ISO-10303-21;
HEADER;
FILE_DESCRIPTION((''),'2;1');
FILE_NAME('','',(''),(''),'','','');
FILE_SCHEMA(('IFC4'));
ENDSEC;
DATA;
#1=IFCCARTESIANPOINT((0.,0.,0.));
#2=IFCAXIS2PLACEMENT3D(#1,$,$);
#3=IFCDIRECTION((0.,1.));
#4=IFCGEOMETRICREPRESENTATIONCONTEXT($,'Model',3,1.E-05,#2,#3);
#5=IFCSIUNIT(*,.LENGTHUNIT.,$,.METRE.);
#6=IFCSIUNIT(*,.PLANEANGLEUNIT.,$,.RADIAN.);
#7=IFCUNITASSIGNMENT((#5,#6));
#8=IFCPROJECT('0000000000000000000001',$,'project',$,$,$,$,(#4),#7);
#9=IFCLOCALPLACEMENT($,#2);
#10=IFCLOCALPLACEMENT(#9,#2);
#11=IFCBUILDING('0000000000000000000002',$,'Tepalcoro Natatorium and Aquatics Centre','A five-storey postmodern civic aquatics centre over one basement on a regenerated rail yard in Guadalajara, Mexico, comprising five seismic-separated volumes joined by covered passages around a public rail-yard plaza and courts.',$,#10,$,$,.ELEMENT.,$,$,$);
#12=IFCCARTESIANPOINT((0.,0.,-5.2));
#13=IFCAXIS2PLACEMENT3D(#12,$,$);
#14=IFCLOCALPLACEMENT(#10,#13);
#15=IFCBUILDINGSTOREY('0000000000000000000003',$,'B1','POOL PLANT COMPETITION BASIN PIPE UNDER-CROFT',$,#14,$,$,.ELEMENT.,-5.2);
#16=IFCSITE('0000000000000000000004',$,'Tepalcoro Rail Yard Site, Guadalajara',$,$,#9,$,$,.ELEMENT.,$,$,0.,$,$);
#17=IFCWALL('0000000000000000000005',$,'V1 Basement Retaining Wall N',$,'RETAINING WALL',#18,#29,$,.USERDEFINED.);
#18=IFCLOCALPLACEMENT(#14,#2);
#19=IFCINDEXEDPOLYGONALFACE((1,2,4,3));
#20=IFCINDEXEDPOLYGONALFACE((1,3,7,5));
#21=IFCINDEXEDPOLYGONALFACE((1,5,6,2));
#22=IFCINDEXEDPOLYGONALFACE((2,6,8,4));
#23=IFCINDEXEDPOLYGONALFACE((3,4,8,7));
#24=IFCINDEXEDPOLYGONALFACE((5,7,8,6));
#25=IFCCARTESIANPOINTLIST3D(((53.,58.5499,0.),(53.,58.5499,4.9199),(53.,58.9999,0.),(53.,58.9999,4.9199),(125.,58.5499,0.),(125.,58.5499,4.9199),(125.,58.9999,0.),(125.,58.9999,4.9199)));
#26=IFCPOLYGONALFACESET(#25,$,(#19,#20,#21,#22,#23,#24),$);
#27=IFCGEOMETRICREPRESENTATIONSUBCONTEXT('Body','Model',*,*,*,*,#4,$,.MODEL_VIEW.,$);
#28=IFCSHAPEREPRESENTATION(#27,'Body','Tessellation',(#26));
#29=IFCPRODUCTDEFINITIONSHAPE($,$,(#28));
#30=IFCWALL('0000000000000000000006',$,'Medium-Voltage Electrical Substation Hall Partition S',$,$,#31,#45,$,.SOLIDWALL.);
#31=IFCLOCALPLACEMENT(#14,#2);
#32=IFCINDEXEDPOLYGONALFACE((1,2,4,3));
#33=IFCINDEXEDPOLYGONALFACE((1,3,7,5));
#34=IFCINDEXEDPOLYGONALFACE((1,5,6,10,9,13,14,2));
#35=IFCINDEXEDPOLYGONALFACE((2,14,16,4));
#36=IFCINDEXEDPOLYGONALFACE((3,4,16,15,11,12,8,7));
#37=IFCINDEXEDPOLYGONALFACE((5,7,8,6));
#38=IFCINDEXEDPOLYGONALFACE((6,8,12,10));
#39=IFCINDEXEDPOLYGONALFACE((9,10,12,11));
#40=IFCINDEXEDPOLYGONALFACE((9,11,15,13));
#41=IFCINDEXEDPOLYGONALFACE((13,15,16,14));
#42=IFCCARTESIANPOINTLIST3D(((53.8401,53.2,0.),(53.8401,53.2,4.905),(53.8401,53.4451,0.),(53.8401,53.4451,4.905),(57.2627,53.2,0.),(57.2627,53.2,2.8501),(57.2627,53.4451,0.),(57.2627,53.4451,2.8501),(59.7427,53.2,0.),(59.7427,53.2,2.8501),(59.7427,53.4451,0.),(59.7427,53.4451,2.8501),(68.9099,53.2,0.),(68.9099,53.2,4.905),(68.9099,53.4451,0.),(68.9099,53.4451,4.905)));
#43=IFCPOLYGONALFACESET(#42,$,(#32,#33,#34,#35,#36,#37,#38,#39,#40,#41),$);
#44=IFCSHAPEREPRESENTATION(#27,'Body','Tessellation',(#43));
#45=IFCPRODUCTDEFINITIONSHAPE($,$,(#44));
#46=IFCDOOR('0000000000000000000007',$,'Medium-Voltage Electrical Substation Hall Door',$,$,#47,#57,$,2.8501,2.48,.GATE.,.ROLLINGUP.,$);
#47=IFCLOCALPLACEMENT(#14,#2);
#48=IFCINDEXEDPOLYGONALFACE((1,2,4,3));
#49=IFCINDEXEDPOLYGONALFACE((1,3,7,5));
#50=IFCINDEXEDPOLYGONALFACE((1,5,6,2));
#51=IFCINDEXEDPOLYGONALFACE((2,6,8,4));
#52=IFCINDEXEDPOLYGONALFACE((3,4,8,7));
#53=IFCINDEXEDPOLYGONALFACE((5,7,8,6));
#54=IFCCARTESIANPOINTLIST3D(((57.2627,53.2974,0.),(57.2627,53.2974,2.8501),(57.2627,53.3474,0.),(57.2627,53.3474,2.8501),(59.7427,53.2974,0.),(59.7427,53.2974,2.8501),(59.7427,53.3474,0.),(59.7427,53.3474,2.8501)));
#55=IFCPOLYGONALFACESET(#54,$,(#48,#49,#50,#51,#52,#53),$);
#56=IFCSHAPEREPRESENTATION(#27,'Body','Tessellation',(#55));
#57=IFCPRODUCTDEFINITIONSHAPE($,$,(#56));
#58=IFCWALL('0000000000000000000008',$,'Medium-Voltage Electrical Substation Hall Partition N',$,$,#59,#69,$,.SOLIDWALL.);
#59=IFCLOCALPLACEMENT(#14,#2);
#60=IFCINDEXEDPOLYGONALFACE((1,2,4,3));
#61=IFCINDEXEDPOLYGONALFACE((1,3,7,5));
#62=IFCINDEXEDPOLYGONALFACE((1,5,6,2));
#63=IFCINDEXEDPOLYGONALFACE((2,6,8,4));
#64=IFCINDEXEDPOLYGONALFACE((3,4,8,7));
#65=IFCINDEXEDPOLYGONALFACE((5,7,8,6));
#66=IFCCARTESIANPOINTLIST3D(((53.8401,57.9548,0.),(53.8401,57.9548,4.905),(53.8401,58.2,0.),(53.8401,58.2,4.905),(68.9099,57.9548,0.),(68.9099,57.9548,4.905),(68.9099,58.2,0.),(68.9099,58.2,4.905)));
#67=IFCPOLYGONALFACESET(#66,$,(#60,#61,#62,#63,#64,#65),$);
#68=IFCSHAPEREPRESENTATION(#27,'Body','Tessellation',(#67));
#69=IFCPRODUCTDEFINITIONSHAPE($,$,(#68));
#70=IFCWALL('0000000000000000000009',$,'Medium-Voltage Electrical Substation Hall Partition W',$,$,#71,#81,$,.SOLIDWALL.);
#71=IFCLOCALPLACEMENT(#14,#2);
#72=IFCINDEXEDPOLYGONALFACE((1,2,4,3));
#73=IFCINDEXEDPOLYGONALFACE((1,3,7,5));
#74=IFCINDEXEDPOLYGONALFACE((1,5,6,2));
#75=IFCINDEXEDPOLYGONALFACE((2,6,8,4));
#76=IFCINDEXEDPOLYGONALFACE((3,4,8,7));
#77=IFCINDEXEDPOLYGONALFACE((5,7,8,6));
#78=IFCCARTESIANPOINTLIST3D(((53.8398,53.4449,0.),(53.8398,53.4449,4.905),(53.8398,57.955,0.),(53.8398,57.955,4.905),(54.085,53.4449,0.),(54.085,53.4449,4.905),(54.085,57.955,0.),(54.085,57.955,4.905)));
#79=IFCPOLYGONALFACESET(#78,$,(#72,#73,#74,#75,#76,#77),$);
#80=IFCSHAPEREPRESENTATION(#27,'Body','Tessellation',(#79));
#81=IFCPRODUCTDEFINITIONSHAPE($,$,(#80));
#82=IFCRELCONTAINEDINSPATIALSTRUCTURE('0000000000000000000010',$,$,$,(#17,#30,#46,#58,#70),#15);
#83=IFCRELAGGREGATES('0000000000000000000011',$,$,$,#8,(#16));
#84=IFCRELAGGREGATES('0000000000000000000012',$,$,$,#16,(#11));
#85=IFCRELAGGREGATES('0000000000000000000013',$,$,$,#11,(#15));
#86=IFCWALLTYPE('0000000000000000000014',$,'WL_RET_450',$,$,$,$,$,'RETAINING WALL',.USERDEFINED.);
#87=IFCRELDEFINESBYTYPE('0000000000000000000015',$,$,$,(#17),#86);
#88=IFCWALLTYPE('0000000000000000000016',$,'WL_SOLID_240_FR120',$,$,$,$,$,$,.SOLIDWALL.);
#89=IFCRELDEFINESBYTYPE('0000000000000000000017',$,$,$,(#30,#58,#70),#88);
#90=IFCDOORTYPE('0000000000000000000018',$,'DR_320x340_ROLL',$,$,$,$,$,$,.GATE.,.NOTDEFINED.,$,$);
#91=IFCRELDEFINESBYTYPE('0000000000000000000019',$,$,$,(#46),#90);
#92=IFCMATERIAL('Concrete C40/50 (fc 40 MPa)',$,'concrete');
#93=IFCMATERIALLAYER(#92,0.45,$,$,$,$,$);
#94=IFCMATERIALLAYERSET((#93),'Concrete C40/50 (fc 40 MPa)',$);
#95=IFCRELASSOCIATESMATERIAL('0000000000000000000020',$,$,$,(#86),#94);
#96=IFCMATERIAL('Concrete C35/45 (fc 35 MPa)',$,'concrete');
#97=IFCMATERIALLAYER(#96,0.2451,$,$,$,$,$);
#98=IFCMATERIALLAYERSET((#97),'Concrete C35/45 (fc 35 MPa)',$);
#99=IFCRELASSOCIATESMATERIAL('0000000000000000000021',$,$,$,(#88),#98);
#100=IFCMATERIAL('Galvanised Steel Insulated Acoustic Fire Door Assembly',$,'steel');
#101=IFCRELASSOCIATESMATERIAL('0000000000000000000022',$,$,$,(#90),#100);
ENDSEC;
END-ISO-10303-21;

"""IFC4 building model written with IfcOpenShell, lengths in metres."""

from ifc_helpers import new_model, si_unit, direction, frame, frame_2d, origin, place, context, subcontext, project, spatial, rectangle, extrude, material, layer, layer_set, type_object, element, fill, save


model = new_model("IFC4")

# Units and contexts
model_context = context("Model", 3, precision=1e-05, world=origin(), true_north=direction((0.0, 1.0)))
body_context = subcontext(model_context, "Body", "Model", "MODEL_VIEW")
ifc_project = project(units=[si_unit("LENGTHUNIT", "METRE"), si_unit("PLANEANGLEUNIT", "RADIAN")], contexts=[model_context])

# Site, building, storey
site_placement = place(None, origin())
site = spatial("IfcSite", under=ifc_project, at=site_placement, Name="Tepalcoro Rail Yard Site, Guadalajara", CompositionType="ELEMENT", RefElevation=0.0)
building_placement = place(site_placement, origin())
building = spatial("IfcBuilding", under=site, at=building_placement, Name="Tepalcoro Natatorium and Aquatics Centre", Description="A five-storey postmodern civic aquatics centre over one basement on a regenerated rail yard in Guadalajara, Mexico, comprising five seismic-separated volumes joined by covered passages around a public rail-yard plaza and courts.", CompositionType="ELEMENT")
storey_placement = place(building_placement, frame((0.0, 0.0, -5.2)))
storey = spatial("IfcBuildingStorey", under=building, at=storey_placement, Name="B1", Description="POOL PLANT COMPETITION BASIN PIPE UNDER-CROFT", CompositionType="ELEMENT", Elevation=-5.2)

# Shared definitions
ifc_material_1 = material(Name="Concrete C40/50 (fc 40 MPa)", Category="concrete")

# Wall
ifc_layer_1 = layer(ifc_material_1, 0.45)
ifc_layer_set_1 = layer_set([ifc_layer_1], Name="Concrete C40/50 (fc 40 MPa)")
wall_type_1 = type_object("IfcWallType", Name="WL_RET_450", ElementType="RETAINING WALL", PredefinedType="USERDEFINED", material=ifc_layer_set_1)
wall_1_placement = place(storey_placement, frame((53.0, 58.7749, 0.0), z_axis=(0.0, 0.0, 1.0), x_axis=(1.0, 0.0, 0.0)))
element("IfcWall", 1, at=wall_1_placement, inside=storey, type_object=wall_type_1, Name="V1 Basement Retaining Wall N", ObjectType="RETAINING WALL", PredefinedType="USERDEFINED", context=body_context, shape_type="SweptSolid", body=[
    extrude(rectangle(XDim=72.0, YDim=0.45, at=frame_2d((36.0, 0.0))), origin(), (0.0, 0.0, 1.0), 4.9199),
])

# Wall, opening, door
ifc_material_2 = material(Name="Concrete C35/45 (fc 35 MPa)", Category="concrete")
ifc_layer_2 = layer(ifc_material_2, 0.2451)
ifc_layer_set_2 = layer_set([ifc_layer_2], Name="Concrete C35/45 (fc 35 MPa)")
wall_type_2 = type_object("IfcWallType", Name="WL_SOLID_240_FR120", PredefinedType="SOLIDWALL", material=ifc_layer_set_2)
wall_2_placement = place(storey_placement, frame((53.8401, 53.3225, 0.0), z_axis=(0.0, 0.0, 1.0), x_axis=(1.0, 0.0, 0.0)))
wall_2 = element("IfcWall", 2, at=wall_2_placement, inside=storey, type_object=wall_type_2, Name="Medium-Voltage Electrical Substation Hall Partition S", PredefinedType="SOLIDWALL", context=body_context, shape_type="SweptSolid", body=[
    extrude(rectangle(XDim=15.0698, YDim=0.2451, at=frame_2d((7.5349, 0.0))), origin(), (0.0, 0.0, 1.0), 4.905),
])
opening_placement = place(wall_2_placement, frame((3.4226, 0.0, 0.0)))
opening = element("IfcOpeningElement", 3, at=opening_placement, cuts=wall_2, PredefinedType="OPENING", context=body_context, shape_type="SweptSolid", body=[
    extrude(rectangle(XDim=2.48, YDim=2.8501, at=frame_2d((1.24, 1.425))), frame((0.0, 0.1345, 0.0), z_axis=(0.0, -1.0, 0.0), x_axis=(1.0, 0.0, 0.0)), (0.0, 0.0, 1.0), 0.269),
])
ifc_material_3 = material(Name="Galvanised Steel Insulated Acoustic Fire Door Assembly", Category="steel")
door_type = type_object("IfcDoorType", Name="DR_320x340_ROLL", OperationType="NOTDEFINED", PredefinedType="GATE", material=ifc_material_3)
door_placement = place(opening_placement, origin())
door = element("IfcDoor", 4, at=door_placement, inside=storey, type_object=door_type, Name="Medium-Voltage Electrical Substation Hall Door", OperationType="ROLLINGUP", OverallHeight=2.8501, OverallWidth=2.48, PredefinedType="GATE", context=body_context, shape_type="SweptSolid", body=[
    extrude(rectangle(XDim=2.48, YDim=2.8501, at=frame_2d((1.24, 1.425))), frame((0.0, 0.0249, 0.0), z_axis=(0.0, -1.0, 0.0), x_axis=(1.0, 0.0, 0.0)), (0.0, 0.0, 1.0), 0.05),
])
fill(opening, door)

# Walls
wall_3_placement = place(storey_placement, frame((53.8401, 58.0774, 0.0), z_axis=(0.0, 0.0, 1.0), x_axis=(1.0, 0.0, 0.0)))
element("IfcWall", 5, at=wall_3_placement, inside=storey, type_object=wall_type_2, Name="Medium-Voltage Electrical Substation Hall Partition N", PredefinedType="SOLIDWALL", context=body_context, shape_type="SweptSolid", body=[
    extrude(rectangle(XDim=15.0698, YDim=0.2451, at=frame_2d((7.5349, 0.0))), origin(), (0.0, 0.0, 1.0), 4.905),
])
wall_4_placement = place(storey_placement, frame((53.9624, 53.4451, 0.0), z_axis=(0.0, 0.0, 1.0), x_axis=(0.0, 1.0, 0.0)))
element("IfcWall", 6, at=wall_4_placement, inside=storey, type_object=wall_type_2, Name="Medium-Voltage Electrical Substation Hall Partition W", PredefinedType="SOLIDWALL", context=body_context, shape_type="SweptSolid", body=[
    extrude(rectangle(XDim=4.51, YDim=0.2451, at=frame_2d((2.2549, 0.0))), origin(), (0.0, 0.0, 1.0), 4.905),
])

save(model, "model.ifc")
